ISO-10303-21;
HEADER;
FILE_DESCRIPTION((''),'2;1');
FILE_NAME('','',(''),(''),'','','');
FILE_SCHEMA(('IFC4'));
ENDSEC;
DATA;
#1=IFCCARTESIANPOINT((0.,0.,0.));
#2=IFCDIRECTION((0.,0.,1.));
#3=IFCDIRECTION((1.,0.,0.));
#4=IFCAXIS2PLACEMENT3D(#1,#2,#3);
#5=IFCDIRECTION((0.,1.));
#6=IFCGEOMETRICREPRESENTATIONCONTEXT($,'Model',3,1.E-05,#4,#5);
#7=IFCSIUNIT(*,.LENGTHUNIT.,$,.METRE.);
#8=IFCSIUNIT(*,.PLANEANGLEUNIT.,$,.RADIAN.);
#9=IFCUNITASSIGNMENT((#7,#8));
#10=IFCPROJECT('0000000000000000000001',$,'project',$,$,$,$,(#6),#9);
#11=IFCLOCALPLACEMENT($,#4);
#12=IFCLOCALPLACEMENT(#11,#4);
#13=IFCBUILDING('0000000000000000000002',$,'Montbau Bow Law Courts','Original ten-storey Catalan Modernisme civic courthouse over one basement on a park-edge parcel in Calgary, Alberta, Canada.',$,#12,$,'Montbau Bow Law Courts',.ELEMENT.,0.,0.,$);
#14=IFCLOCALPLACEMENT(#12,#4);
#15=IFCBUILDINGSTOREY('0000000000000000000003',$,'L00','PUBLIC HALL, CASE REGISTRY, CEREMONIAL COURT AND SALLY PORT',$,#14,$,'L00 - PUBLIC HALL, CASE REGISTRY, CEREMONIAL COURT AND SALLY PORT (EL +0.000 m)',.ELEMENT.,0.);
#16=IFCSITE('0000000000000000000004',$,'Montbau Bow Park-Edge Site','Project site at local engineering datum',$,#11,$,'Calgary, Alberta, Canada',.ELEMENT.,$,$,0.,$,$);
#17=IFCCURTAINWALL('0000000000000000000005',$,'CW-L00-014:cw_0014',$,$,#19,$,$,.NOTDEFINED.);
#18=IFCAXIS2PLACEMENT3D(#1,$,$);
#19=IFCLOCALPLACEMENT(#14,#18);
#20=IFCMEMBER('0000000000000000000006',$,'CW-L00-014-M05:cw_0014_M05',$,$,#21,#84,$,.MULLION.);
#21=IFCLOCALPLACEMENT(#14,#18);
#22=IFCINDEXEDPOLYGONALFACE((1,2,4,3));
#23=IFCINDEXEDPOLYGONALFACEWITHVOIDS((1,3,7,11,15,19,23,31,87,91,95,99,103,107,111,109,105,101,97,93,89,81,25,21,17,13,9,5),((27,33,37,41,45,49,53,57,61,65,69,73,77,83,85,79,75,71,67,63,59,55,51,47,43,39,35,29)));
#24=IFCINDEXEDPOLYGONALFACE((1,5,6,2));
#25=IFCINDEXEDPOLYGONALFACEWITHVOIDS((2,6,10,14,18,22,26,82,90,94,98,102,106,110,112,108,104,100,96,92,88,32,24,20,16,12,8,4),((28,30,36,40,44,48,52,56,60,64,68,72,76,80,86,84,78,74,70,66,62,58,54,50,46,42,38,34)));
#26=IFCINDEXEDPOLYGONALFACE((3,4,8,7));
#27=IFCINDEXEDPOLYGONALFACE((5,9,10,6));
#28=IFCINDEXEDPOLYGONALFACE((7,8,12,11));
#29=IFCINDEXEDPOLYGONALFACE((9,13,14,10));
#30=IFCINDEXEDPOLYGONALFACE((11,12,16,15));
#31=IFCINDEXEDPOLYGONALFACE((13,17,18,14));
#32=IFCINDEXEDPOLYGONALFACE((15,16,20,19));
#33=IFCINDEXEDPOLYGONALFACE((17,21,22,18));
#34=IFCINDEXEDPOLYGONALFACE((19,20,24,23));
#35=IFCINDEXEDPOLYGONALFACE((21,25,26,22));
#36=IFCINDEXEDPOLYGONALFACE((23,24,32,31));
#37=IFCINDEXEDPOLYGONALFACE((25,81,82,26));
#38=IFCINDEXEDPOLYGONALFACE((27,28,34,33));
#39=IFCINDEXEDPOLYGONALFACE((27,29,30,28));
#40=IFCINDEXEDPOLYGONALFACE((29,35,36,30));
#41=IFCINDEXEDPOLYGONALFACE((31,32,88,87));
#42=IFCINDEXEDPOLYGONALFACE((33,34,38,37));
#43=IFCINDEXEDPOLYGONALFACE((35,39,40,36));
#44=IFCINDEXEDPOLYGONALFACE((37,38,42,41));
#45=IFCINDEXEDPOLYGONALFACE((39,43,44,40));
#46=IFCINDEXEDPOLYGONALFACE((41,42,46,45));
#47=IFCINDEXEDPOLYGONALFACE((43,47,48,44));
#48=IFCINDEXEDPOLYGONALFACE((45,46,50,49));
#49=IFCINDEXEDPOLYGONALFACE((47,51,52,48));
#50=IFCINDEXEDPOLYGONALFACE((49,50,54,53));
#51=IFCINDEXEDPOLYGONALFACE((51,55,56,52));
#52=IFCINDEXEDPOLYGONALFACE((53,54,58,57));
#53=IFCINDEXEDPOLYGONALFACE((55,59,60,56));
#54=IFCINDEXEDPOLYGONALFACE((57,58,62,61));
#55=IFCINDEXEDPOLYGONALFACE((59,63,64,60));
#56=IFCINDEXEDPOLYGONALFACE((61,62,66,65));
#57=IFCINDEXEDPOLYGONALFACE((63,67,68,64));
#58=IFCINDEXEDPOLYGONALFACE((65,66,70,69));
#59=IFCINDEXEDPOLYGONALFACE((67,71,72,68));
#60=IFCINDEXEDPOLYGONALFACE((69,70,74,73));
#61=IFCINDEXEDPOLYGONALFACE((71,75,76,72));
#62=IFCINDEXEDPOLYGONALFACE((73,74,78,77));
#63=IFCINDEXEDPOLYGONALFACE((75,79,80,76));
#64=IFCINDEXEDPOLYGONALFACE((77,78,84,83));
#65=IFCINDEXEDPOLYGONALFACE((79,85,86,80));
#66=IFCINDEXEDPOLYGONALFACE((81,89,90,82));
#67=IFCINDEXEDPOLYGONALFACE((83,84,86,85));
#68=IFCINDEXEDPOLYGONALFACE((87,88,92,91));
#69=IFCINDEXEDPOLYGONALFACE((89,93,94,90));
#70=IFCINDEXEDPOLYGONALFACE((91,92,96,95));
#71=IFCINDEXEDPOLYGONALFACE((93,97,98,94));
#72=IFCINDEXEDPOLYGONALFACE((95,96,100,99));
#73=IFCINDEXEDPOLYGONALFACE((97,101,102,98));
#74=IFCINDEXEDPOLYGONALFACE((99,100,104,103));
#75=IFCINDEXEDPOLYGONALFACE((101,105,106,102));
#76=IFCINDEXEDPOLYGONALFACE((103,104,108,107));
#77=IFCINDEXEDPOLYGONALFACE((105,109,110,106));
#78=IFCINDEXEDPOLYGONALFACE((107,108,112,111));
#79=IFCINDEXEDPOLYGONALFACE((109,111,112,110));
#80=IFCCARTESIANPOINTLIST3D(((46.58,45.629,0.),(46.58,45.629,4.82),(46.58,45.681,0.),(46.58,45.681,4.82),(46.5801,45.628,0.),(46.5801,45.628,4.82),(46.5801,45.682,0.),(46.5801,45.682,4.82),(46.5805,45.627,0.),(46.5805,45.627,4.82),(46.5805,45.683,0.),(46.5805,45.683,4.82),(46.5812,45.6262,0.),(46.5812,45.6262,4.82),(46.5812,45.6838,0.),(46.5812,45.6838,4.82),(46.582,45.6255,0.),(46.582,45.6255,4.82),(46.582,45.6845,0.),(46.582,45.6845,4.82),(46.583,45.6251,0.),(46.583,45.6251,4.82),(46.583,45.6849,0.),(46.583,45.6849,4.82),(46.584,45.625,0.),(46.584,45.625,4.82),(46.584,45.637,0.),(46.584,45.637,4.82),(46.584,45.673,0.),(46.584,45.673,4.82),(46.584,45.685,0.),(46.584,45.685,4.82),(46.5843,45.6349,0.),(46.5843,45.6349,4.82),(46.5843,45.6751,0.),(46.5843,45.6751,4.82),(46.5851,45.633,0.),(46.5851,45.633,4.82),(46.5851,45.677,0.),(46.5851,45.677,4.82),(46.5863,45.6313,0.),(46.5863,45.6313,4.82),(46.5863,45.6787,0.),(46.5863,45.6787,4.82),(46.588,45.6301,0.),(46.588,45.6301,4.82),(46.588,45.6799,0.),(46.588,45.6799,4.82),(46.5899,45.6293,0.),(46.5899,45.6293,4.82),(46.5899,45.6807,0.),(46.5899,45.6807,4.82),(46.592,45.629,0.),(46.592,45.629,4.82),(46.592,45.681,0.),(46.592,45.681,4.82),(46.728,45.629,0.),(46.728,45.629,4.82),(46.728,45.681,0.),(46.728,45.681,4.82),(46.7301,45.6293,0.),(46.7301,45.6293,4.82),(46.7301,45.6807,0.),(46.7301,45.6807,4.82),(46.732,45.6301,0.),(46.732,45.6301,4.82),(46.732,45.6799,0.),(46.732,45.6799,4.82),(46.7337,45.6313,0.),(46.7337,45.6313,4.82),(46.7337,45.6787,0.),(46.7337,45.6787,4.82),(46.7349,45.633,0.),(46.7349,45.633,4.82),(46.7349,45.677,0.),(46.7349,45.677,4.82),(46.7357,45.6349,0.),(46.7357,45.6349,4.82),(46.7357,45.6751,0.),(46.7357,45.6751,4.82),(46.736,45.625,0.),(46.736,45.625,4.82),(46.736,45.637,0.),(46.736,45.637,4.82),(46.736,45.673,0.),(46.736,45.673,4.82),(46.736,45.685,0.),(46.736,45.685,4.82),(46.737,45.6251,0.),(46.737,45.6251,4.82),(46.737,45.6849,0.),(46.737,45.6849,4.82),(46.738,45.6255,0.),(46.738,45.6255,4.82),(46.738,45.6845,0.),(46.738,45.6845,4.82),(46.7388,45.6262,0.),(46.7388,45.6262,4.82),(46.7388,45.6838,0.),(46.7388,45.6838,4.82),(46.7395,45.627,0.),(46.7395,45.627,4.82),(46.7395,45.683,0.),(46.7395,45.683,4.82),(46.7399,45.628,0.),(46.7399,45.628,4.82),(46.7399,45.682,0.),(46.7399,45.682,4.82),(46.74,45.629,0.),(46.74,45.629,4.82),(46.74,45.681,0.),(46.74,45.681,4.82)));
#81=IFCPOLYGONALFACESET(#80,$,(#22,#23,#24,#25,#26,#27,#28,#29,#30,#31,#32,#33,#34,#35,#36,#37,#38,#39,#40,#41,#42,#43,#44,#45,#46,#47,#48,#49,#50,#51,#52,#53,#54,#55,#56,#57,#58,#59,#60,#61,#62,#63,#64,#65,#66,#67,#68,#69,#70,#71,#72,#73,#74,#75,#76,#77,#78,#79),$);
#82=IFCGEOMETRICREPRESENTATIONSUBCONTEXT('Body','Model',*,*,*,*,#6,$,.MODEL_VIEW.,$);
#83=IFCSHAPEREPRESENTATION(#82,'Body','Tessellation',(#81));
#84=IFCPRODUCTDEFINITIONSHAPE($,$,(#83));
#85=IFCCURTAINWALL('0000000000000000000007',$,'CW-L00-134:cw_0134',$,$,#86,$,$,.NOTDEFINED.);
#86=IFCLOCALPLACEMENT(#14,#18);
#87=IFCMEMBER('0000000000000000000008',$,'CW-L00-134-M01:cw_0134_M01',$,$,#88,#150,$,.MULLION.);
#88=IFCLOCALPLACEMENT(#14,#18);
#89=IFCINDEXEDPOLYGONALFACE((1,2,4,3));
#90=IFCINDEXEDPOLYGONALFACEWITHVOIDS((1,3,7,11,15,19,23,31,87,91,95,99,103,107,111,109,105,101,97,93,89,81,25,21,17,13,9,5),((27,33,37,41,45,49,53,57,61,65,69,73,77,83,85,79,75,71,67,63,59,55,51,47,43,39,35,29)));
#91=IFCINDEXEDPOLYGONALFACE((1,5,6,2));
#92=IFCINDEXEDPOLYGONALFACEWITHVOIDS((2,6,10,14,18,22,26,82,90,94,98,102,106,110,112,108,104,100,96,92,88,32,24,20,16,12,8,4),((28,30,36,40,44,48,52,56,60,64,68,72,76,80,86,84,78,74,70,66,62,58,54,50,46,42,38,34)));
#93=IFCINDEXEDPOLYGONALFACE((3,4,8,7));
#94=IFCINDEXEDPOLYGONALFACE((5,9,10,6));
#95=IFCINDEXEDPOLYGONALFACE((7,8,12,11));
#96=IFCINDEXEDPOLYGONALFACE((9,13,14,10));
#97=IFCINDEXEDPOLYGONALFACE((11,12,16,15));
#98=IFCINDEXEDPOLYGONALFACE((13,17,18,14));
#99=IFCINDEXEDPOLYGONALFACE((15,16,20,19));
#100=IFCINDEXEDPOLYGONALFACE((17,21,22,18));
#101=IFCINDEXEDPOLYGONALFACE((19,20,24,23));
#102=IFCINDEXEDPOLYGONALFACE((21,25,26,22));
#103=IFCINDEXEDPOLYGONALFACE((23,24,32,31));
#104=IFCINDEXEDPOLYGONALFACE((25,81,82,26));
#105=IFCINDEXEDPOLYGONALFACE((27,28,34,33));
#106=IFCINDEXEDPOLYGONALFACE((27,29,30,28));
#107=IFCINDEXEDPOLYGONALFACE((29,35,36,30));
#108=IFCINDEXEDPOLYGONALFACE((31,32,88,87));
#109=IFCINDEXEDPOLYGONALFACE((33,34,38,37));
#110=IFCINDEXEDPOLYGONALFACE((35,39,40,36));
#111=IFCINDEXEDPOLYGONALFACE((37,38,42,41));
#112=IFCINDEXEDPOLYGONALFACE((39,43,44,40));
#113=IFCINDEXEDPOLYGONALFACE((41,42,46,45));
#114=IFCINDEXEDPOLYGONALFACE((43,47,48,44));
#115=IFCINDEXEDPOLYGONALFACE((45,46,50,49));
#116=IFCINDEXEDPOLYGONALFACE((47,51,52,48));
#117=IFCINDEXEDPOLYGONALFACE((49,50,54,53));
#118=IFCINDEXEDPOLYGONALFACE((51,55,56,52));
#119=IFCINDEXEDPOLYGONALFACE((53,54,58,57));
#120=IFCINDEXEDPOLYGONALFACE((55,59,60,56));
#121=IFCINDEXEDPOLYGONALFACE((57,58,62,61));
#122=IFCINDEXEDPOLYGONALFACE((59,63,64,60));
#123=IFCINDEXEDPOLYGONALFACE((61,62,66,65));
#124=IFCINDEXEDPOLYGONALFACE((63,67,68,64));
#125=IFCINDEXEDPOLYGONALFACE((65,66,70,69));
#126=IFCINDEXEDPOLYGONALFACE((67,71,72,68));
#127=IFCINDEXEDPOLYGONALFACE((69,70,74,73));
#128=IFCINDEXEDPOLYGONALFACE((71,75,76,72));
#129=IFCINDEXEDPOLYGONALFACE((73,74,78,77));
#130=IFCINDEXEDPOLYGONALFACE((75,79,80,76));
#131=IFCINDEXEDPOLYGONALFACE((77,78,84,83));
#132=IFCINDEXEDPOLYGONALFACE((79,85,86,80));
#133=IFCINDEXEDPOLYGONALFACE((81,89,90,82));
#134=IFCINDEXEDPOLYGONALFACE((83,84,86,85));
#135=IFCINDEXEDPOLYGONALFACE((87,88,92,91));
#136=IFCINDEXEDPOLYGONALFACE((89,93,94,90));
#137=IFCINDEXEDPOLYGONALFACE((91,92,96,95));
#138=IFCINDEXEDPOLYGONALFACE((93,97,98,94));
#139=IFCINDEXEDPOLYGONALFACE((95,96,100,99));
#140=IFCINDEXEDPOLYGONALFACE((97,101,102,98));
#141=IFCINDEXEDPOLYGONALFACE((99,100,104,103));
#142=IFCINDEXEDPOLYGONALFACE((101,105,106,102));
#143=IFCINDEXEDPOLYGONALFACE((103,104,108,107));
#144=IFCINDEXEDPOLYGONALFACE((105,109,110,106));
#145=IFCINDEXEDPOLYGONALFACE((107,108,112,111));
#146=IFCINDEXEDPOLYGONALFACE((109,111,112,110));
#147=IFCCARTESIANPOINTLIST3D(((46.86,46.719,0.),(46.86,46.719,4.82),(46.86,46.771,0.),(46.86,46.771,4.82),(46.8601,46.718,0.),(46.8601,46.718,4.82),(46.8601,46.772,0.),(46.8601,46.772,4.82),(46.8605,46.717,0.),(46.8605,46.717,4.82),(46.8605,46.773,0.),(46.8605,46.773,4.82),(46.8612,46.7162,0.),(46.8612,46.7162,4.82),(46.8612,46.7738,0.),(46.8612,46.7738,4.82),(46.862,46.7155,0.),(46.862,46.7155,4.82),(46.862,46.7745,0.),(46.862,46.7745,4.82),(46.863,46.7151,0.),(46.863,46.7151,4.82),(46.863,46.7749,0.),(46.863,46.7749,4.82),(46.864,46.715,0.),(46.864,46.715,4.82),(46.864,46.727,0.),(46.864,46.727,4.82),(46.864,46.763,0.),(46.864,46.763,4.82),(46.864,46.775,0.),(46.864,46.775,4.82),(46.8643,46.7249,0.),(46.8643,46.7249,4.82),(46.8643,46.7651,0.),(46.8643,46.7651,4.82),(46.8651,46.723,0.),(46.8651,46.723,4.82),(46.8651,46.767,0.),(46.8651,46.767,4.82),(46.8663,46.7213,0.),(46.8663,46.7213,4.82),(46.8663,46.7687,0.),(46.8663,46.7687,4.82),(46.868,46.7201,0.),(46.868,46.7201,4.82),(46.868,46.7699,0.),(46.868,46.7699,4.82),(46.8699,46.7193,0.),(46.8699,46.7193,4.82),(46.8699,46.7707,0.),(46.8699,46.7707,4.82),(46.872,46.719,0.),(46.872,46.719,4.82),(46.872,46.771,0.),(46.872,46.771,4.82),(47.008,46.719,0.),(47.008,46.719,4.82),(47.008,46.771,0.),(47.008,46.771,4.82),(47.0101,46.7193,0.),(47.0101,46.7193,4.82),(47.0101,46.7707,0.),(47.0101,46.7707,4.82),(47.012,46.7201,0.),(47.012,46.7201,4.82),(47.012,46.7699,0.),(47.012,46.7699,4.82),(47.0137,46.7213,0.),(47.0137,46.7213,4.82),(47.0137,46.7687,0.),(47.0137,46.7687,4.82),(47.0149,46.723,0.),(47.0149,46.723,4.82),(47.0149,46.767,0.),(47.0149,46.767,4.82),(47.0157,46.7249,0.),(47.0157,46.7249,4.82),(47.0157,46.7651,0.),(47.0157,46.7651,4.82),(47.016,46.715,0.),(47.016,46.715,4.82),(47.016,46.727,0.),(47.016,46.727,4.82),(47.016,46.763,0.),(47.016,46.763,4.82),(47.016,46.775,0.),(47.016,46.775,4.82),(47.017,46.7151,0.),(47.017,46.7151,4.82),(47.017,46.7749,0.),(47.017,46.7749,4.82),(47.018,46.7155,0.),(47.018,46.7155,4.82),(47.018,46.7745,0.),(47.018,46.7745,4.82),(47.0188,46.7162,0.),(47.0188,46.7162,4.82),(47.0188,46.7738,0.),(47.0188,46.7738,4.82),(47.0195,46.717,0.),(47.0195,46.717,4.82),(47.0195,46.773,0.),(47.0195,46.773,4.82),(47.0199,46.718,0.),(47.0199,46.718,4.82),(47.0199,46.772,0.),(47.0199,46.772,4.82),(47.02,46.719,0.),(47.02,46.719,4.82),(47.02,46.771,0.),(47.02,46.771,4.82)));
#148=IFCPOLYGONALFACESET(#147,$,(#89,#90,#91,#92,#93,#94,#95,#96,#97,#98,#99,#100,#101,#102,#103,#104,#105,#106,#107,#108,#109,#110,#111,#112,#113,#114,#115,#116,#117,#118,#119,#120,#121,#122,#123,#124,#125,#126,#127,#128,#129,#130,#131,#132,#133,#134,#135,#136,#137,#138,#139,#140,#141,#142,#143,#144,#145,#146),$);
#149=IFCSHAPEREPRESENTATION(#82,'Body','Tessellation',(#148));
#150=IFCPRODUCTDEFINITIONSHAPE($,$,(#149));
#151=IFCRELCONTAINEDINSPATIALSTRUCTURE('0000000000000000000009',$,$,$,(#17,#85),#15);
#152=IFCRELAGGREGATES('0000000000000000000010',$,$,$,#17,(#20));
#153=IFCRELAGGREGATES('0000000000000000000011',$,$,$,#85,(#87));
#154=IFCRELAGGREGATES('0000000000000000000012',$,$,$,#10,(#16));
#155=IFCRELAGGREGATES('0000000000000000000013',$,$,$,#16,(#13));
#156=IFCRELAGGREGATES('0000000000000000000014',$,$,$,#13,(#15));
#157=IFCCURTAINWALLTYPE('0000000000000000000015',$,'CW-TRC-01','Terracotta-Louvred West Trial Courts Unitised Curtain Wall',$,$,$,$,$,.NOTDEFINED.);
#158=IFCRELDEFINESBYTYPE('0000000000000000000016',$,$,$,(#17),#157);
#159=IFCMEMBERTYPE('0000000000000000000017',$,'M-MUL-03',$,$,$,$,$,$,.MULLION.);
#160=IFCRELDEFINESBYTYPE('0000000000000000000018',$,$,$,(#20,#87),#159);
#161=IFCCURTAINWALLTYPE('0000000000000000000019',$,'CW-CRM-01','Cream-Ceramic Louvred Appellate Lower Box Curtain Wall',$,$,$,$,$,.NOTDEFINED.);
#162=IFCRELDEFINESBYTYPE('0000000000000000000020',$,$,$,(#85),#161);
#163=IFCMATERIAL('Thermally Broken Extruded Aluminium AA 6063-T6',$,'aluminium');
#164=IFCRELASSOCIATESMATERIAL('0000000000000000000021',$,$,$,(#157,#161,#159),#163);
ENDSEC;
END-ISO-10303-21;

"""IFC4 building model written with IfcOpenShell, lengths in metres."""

from ifc_helpers import new_model, si_unit, direction, frame, origin_with_axes, origin_2d_with_axis, place, context, subcontext, project, spatial, hollow_rectangle, extrude, material, material_profile, profile_set, type_object, element, aggregate, save


model = new_model("IFC4")

# Units and contexts
model_context = context("Model", 3, precision=1e-05, world=origin_with_axes(), true_north=direction((0.0, 1.0)))
body_context = subcontext(model_context, "Body", "Model", "MODEL_VIEW")
ifc_project = project(units=[si_unit("LENGTHUNIT", "METRE"), si_unit("PLANEANGLEUNIT", "RADIAN")], contexts=[model_context])

# Site, building, storey
site_placement = place(None, origin_with_axes())
site = spatial("IfcSite", under=ifc_project, at=site_placement, Name="Montbau Bow Park-Edge Site", Description="Project site at local engineering datum", LongName="Calgary, Alberta, Canada", CompositionType="ELEMENT", RefElevation=0.0)
building_placement = place(site_placement, origin_with_axes())
building = spatial("IfcBuilding", under=site, at=building_placement, Name="Montbau Bow Law Courts", Description="Original ten-storey Catalan Modernisme civic courthouse over one basement on a park-edge parcel in Calgary, Alberta, Canada.", LongName="Montbau Bow Law Courts", CompositionType="ELEMENT", ElevationOfRefHeight=0.0, ElevationOfTerrain=0.0)
storey_placement = place(building_placement, origin_with_axes())
storey = spatial("IfcBuildingStorey", under=building, at=storey_placement, Name="L00", Description="PUBLIC HALL, CASE REGISTRY, CEREMONIAL COURT AND SALLY PORT", LongName="L00 - PUBLIC HALL, CASE REGISTRY, CEREMONIAL COURT AND SALLY PORT (EL +0.000 m)", CompositionType="ELEMENT", Elevation=0.0)

# Shared definitions
ifc_material_1 = material(Name="Thermally Broken Extruded Aluminium AA 6063-T6", Category="aluminium")
curtain_wall_type_1 = type_object("IfcCurtainWallType", Name="CW-TRC-01", Description="Terracotta-Louvred West Trial Courts Unitised Curtain Wall", PredefinedType="NOTDEFINED", material=ifc_material_1)

# Curtain wall, member
curtain_wall_type_2 = type_object("IfcCurtainWallType", Name="CW-CRM-01", Description="Cream-Ceramic Louvred Appellate Lower Box Curtain Wall", PredefinedType="NOTDEFINED", material=ifc_material_1)
curtain_wall_1_placement = place(None, frame((46.66, 39.515, 0.0), z_axis=(0.0, 0.0, 1.0), x_axis=(1.0, 0.0, 0.0)))
curtain_wall_1 = element("IfcCurtainWall", 1, at=curtain_wall_1_placement, inside=storey, type_object=curtain_wall_type_1, Name="CW-L00-014:cw_0014", PredefinedType="NOTDEFINED")
ifc_material_profile_1 = material_profile(ifc_material_1, hollow_rectangle(XDim=0.06, YDim=0.16, WallThickness=0.004, InnerFilletRadius=0.008, OuterFilletRadius=0.004, at=origin_2d_with_axis()), Name="CWM-160X60", Category="Main", Priority=0)
ifc_profile_set_1 = profile_set([ifc_material_profile_1], Name="Thermally Broken Extruded Aluminium AA 6063-T6")
member_type_1 = type_object("IfcMemberType", Name="M-MUL-03", PredefinedType="MULLION", material=ifc_profile_set_1)
member_1_placement = place(None, frame((46.66, 45.655, 0.0), z_axis=(0.0, 0.0, 1.0), x_axis=(0.0, 1.0, 0.0)))
member_1 = element("IfcMember", 2, at=member_1_placement, type_object=member_type_1, Name="CW-L00-014-M05:cw_0014_M05", PredefinedType="MULLION", context=body_context, shape_type="SweptSolid", body=[
    extrude(hollow_rectangle(XDim=0.06, YDim=0.16, WallThickness=0.004, InnerFilletRadius=0.008, OuterFilletRadius=0.004, at=origin_2d_with_axis()), origin_with_axes(), (0.0, 0.0, 1.0), 4.82),
])

# Curtain wall, member
curtain_wall_2_placement = place(None, frame((46.94, 46.715, 0.0), z_axis=(0.0, 0.0, 1.0), x_axis=(1.0, 0.0, 0.0)))
curtain_wall_2 = element("IfcCurtainWall", 3, at=curtain_wall_2_placement, inside=storey, type_object=curtain_wall_type_2, Name="CW-L00-134:cw_0134", PredefinedType="NOTDEFINED")
member_2_placement = place(None, frame((46.94, 46.745, 0.0), z_axis=(0.0, 0.0, 1.0), x_axis=(0.0, 1.0, 0.0)))
member_2 = element("IfcMember", 4, at=member_2_placement, type_object=member_type_1, Name="CW-L00-134-M01:cw_0134_M01", PredefinedType="MULLION", context=body_context, shape_type="SweptSolid", body=[
    extrude(hollow_rectangle(XDim=0.06, YDim=0.16, WallThickness=0.004, InnerFilletRadius=0.008, OuterFilletRadius=0.004, at=origin_2d_with_axis()), origin_with_axes(), (0.0, 0.0, 1.0), 4.82),
])

aggregate(curtain_wall_1, [member_1])
aggregate(curtain_wall_2, [member_2])

save(model, "model.ifc")
